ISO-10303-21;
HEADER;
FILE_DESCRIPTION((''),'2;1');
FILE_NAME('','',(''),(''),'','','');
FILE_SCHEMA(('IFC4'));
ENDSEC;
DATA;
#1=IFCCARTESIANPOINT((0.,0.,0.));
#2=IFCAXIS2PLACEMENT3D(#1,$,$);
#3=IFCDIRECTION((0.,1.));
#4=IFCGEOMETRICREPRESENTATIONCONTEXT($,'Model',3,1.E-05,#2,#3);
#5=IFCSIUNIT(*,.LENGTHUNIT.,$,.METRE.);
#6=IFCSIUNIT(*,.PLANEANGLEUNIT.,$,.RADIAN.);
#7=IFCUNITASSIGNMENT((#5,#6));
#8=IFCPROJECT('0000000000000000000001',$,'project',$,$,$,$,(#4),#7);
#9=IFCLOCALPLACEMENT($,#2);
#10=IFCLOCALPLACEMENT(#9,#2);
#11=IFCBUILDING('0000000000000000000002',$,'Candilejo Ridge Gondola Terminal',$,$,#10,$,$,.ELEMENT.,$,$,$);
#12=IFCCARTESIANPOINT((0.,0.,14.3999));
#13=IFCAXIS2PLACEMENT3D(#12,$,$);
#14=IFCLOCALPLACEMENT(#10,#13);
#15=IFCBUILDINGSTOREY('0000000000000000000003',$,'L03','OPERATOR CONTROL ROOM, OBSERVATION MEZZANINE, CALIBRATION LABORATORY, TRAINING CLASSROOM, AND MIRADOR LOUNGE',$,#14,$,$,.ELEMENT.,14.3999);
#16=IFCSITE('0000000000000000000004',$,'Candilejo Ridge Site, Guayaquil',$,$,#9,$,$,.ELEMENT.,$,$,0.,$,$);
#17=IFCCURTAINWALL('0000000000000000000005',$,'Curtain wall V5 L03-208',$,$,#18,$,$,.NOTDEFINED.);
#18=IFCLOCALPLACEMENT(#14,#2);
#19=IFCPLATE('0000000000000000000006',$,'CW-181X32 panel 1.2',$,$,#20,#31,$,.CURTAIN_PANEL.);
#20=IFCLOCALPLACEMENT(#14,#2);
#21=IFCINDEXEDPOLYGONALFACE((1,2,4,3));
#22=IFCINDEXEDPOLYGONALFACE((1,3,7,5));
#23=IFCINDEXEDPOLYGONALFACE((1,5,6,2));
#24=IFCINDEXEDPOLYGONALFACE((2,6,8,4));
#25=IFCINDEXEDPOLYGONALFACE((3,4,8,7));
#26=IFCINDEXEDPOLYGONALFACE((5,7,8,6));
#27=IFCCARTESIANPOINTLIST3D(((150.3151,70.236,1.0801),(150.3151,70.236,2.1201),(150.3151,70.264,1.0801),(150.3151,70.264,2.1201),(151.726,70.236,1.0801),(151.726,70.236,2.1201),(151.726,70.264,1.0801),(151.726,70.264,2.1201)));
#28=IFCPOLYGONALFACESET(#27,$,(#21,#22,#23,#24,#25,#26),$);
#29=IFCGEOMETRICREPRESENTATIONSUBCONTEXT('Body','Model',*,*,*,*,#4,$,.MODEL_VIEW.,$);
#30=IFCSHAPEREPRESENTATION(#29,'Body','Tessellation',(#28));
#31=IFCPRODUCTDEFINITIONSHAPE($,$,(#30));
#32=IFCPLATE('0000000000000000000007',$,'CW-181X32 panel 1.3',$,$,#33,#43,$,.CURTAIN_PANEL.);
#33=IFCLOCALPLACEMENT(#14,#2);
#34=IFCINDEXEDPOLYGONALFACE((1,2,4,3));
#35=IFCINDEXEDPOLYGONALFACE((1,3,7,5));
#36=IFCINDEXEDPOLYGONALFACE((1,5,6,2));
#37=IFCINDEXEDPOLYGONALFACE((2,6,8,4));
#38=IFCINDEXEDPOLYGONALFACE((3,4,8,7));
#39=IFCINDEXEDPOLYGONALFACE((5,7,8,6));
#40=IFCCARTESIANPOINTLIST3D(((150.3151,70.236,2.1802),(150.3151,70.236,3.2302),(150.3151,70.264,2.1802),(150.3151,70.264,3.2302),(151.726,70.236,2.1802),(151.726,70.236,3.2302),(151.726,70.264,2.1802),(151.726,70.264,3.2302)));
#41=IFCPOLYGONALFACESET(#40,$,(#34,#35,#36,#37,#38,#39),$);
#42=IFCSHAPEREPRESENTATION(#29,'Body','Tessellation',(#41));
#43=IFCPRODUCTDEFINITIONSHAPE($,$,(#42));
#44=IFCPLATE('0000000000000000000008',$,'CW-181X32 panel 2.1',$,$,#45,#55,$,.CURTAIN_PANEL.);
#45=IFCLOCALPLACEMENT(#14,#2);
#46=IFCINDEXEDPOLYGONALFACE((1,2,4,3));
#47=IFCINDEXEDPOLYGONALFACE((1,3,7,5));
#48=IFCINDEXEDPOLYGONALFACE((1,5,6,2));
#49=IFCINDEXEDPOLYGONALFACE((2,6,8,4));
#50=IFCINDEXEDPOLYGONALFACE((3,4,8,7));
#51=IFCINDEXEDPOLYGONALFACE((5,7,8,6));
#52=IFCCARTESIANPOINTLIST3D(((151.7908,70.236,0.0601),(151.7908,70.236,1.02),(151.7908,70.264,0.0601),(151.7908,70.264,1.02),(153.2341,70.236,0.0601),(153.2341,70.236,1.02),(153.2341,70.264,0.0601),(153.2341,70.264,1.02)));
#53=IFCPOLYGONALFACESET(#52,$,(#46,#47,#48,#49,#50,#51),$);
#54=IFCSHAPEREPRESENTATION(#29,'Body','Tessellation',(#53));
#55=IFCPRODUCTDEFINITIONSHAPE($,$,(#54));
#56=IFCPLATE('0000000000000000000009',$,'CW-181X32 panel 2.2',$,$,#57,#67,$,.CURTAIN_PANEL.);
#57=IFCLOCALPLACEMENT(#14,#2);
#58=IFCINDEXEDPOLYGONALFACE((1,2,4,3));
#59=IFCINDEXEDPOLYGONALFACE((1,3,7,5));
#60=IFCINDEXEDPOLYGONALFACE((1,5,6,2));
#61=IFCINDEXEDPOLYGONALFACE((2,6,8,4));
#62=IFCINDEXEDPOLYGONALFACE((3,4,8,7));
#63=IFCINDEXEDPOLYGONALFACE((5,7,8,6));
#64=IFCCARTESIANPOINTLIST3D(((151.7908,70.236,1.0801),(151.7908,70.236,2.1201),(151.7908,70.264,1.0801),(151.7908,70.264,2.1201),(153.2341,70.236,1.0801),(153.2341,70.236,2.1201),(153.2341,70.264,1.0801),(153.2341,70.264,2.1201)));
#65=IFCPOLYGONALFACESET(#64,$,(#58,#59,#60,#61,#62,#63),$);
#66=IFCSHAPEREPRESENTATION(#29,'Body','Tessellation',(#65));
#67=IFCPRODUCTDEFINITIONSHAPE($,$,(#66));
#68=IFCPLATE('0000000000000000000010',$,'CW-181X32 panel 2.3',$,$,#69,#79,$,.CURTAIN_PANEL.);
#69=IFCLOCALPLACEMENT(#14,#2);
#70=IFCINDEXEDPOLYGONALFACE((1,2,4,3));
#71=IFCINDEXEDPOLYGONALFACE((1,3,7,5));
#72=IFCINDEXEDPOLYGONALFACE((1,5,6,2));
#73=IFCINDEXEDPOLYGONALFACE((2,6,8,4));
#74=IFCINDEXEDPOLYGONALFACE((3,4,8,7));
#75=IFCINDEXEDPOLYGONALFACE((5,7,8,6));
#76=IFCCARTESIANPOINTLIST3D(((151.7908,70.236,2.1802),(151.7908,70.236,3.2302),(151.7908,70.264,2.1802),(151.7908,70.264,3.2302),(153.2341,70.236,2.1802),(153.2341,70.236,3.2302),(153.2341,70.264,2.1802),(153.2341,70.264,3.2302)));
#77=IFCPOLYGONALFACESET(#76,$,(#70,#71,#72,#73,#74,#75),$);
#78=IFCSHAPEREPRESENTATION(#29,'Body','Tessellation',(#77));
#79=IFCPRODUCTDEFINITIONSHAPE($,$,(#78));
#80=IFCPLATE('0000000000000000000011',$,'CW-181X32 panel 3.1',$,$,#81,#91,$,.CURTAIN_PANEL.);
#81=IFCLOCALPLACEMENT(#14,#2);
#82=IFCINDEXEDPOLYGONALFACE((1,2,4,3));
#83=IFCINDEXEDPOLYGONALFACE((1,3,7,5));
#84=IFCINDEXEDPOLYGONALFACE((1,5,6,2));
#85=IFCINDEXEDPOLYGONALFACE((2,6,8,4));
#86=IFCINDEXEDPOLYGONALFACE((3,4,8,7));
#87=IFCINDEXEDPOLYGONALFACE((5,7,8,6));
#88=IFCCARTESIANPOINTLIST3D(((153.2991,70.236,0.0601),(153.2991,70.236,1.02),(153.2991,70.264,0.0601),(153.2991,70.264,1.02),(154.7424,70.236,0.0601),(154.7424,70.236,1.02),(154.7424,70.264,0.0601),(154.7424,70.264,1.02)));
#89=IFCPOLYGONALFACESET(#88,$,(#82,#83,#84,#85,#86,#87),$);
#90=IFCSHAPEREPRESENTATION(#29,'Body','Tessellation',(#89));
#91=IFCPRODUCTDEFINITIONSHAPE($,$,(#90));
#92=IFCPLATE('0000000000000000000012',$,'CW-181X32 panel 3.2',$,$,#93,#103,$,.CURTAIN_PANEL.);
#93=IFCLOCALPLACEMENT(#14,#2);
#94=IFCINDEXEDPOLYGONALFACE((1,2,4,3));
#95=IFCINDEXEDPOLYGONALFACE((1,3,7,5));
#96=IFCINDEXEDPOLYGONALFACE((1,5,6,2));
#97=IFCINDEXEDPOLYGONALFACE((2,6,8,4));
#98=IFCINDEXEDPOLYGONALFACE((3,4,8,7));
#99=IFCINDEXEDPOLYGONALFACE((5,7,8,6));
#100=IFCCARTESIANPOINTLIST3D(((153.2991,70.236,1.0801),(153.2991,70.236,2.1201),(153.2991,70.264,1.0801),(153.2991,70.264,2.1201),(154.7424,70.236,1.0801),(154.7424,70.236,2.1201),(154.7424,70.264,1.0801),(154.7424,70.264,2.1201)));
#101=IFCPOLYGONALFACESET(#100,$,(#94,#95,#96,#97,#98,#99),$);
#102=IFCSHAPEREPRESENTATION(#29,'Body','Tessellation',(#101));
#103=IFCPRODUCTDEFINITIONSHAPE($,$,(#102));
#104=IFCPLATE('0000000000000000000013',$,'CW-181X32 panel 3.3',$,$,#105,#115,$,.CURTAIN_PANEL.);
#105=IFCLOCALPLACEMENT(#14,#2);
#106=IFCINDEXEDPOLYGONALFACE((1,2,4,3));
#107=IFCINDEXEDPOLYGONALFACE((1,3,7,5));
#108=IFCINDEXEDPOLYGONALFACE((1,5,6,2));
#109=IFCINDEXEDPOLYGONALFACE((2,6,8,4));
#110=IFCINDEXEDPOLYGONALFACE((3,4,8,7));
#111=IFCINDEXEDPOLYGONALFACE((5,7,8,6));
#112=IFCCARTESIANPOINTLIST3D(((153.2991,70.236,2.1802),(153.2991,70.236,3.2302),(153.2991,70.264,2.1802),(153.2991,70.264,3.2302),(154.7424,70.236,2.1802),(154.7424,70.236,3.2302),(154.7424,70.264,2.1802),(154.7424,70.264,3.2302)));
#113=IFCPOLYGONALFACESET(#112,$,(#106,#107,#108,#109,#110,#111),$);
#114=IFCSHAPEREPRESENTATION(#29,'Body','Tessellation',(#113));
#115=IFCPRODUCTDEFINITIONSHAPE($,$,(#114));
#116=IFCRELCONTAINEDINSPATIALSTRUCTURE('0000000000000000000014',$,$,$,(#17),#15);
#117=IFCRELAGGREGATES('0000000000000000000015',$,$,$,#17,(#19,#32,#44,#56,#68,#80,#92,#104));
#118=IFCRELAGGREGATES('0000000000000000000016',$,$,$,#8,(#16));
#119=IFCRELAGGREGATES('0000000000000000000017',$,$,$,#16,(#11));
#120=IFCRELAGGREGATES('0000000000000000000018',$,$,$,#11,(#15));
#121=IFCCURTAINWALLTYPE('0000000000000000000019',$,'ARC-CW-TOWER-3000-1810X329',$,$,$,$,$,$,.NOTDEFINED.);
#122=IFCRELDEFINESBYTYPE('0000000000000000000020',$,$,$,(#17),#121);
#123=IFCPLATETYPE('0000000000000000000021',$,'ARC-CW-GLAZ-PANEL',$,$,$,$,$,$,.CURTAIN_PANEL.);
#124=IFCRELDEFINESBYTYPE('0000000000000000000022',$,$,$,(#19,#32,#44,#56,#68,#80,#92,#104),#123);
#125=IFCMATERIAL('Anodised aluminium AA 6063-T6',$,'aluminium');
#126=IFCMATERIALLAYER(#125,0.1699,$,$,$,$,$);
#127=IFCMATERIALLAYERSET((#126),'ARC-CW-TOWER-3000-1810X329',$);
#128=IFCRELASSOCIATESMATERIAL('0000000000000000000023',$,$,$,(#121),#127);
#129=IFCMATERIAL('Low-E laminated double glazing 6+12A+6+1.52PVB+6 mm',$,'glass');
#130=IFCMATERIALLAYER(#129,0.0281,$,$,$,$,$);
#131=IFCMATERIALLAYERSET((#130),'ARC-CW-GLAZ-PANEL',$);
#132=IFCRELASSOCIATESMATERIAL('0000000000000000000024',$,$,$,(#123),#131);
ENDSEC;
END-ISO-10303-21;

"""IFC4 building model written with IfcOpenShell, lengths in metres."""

from ifc_helpers import new_model, si_unit, direction, frame, origin, origin_2d, place, context, subcontext, project, spatial, rectangle, extrude, material, layer, layer_set, type_object, element, aggregate, save


model = new_model("IFC4")

# Units and contexts
model_context = context("Model", 3, precision=1e-05, world=origin(), true_north=direction((0.0, 1.0)))
body_context = subcontext(model_context, "Body", "Model", "MODEL_VIEW")
ifc_project = project(units=[si_unit("LENGTHUNIT", "METRE"), si_unit("PLANEANGLEUNIT", "RADIAN")], contexts=[model_context])

# Site, building, storey
site_placement = place(None, origin())
site = spatial("IfcSite", under=ifc_project, at=site_placement, Name="Candilejo Ridge Site, Guayaquil", CompositionType="ELEMENT", RefElevation=0.0)
building_placement = place(site_placement, origin())
building = spatial("IfcBuilding", under=site, at=building_placement, Name="Candilejo Ridge Gondola Terminal", CompositionType="ELEMENT")
storey_placement = place(building_placement, frame((0.0, 0.0, 14.3999)))
storey = spatial("IfcBuildingStorey", under=building, at=storey_placement, Name="L03", Description="OPERATOR CONTROL ROOM, OBSERVATION MEZZANINE, CALIBRATION LABORATORY, TRAINING CLASSROOM, AND MIRADOR LOUNGE", CompositionType="ELEMENT", Elevation=14.3999)

# Curtain wall, plates
ifc_material_1 = material(Name="Anodised aluminium AA 6063-T6", Category="aluminium")
ifc_layer_1 = layer(ifc_material_1, 0.1699)
ifc_layer_set_1 = layer_set([ifc_layer_1], Name="ARC-CW-TOWER-3000-1810X329")
curtain_wall_type = type_object("IfcCurtainWallType", Name="ARC-CW-TOWER-3000-1810X329", PredefinedType="NOTDEFINED", material=ifc_layer_set_1)
curtain_wall_placement = place(storey_placement, origin())
curtain_wall = element("IfcCurtainWall", 1, at=curtain_wall_placement, inside=storey, type_object=curtain_wall_type, Name="Curtain wall V5 L03-208", PredefinedType="NOTDEFINED")
ifc_material_2 = material(Name="Low-E laminated double glazing 6+12A+6+1.52PVB+6 mm", Category="glass")
ifc_layer_2 = layer(ifc_material_2, 0.0281)
ifc_layer_set_2 = layer_set([ifc_layer_2], Name="ARC-CW-GLAZ-PANEL")
plate_type = type_object("IfcPlateType", Name="ARC-CW-GLAZ-PANEL", PredefinedType="CURTAIN_PANEL", material=ifc_layer_set_2)
plate_1_placement = place(storey_placement, frame((151.0205, 70.25, 1.0801), z_axis=(0.0, 0.0, 1.0), x_axis=(1.0, 0.0, 0.0)))
plate_1 = element("IfcPlate", 2, at=plate_1_placement, type_object=plate_type, Name="CW-181X32 panel 1.2", PredefinedType="CURTAIN_PANEL", context=body_context, shape_type="SweptSolid", body=[
    extrude(rectangle(XDim=1.4109, YDim=0.0281, at=origin_2d()), origin(), (0.0, 0.0, 1.0), 1.04),
])
plate_2_placement = place(storey_placement, frame((151.0205, 70.25, 2.1802), z_axis=(0.0, 0.0, 1.0), x_axis=(1.0, 0.0, 0.0)))
plate_2 = element("IfcPlate", 3, at=plate_2_placement, type_object=plate_type, Name="CW-181X32 panel 1.3", PredefinedType="CURTAIN_PANEL", context=body_context, shape_type="SweptSolid", body=[
    extrude(rectangle(XDim=1.4109, YDim=0.0281, at=origin_2d()), origin(), (0.0, 0.0, 1.0), 1.05),
])
plate_3_placement = place(storey_placement, frame((152.5125, 70.25, 0.0601), z_axis=(0.0, 0.0, 1.0), x_axis=(1.0, 0.0, 0.0)))
plate_3 = element("IfcPlate", 4, at=plate_3_placement, type_object=plate_type, Name="CW-181X32 panel 2.1", PredefinedType="CURTAIN_PANEL", context=body_context, shape_type="SweptSolid", body=[
    extrude(rectangle(XDim=1.4434, YDim=0.0281, at=origin_2d()), origin(), (0.0, 0.0, 1.0), 0.96),
])
plate_4_placement = place(storey_placement, frame((152.5125, 70.25, 1.0801), z_axis=(0.0, 0.0, 1.0), x_axis=(1.0, 0.0, 0.0)))
plate_4 = element("IfcPlate", 5, at=plate_4_placement, type_object=plate_type, Name="CW-181X32 panel 2.2", PredefinedType="CURTAIN_PANEL", context=body_context, shape_type="SweptSolid", body=[
    extrude(rectangle(XDim=1.4434, YDim=0.0281, at=origin_2d()), origin(), (0.0, 0.0, 1.0), 1.04),
])
plate_5_placement = place(storey_placement, frame((152.5125, 70.25, 2.1802), z_axis=(0.0, 0.0, 1.0), x_axis=(1.0, 0.0, 0.0)))
plate_5 = element("IfcPlate", 6, at=plate_5_placement, type_object=plate_type, Name="CW-181X32 panel 2.3", PredefinedType="CURTAIN_PANEL", context=body_context, shape_type="SweptSolid", body=[
    extrude(rectangle(XDim=1.4434, YDim=0.0281, at=origin_2d()), origin(), (0.0, 0.0, 1.0), 1.05),
])
plate_6_placement = place(storey_placement, frame((154.0208, 70.25, 0.0601), z_axis=(0.0, 0.0, 1.0), x_axis=(1.0, 0.0, 0.0)))
plate_6 = element("IfcPlate", 7, at=plate_6_placement, type_object=plate_type, Name="CW-181X32 panel 3.1", PredefinedType="CURTAIN_PANEL", context=body_context, shape_type="SweptSolid", body=[
    extrude(rectangle(XDim=1.4434, YDim=0.0281, at=origin_2d()), origin(), (0.0, 0.0, 1.0), 0.96),
])
plate_7_placement = place(storey_placement, frame((154.0208, 70.25, 1.0801), z_axis=(0.0, 0.0, 1.0), x_axis=(1.0, 0.0, 0.0)))
plate_7 = element("IfcPlate", 8, at=plate_7_placement, type_object=plate_type, Name="CW-181X32 panel 3.2", PredefinedType="CURTAIN_PANEL", context=body_context, shape_type="SweptSolid", body=[
    extrude(rectangle(XDim=1.4434, YDim=0.0281, at=origin_2d()), origin(), (0.0, 0.0, 1.0), 1.04),
])
plate_8_placement = place(storey_placement, frame((154.0208, 70.25, 2.1802), z_axis=(0.0, 0.0, 1.0), x_axis=(1.0, 0.0, 0.0)))
plate_8 = element("IfcPlate", 9, at=plate_8_placement, type_object=plate_type, Name="CW-181X32 panel 3.3", PredefinedType="CURTAIN_PANEL", context=body_context, shape_type="SweptSolid", body=[
    extrude(rectangle(XDim=1.4434, YDim=0.0281, at=origin_2d()), origin(), (0.0, 0.0, 1.0), 1.05),
])
aggregate(curtain_wall, [plate_1, plate_2, plate_3, plate_4, plate_5, plate_6, plate_7, plate_8])

save(model, "model.ifc")
